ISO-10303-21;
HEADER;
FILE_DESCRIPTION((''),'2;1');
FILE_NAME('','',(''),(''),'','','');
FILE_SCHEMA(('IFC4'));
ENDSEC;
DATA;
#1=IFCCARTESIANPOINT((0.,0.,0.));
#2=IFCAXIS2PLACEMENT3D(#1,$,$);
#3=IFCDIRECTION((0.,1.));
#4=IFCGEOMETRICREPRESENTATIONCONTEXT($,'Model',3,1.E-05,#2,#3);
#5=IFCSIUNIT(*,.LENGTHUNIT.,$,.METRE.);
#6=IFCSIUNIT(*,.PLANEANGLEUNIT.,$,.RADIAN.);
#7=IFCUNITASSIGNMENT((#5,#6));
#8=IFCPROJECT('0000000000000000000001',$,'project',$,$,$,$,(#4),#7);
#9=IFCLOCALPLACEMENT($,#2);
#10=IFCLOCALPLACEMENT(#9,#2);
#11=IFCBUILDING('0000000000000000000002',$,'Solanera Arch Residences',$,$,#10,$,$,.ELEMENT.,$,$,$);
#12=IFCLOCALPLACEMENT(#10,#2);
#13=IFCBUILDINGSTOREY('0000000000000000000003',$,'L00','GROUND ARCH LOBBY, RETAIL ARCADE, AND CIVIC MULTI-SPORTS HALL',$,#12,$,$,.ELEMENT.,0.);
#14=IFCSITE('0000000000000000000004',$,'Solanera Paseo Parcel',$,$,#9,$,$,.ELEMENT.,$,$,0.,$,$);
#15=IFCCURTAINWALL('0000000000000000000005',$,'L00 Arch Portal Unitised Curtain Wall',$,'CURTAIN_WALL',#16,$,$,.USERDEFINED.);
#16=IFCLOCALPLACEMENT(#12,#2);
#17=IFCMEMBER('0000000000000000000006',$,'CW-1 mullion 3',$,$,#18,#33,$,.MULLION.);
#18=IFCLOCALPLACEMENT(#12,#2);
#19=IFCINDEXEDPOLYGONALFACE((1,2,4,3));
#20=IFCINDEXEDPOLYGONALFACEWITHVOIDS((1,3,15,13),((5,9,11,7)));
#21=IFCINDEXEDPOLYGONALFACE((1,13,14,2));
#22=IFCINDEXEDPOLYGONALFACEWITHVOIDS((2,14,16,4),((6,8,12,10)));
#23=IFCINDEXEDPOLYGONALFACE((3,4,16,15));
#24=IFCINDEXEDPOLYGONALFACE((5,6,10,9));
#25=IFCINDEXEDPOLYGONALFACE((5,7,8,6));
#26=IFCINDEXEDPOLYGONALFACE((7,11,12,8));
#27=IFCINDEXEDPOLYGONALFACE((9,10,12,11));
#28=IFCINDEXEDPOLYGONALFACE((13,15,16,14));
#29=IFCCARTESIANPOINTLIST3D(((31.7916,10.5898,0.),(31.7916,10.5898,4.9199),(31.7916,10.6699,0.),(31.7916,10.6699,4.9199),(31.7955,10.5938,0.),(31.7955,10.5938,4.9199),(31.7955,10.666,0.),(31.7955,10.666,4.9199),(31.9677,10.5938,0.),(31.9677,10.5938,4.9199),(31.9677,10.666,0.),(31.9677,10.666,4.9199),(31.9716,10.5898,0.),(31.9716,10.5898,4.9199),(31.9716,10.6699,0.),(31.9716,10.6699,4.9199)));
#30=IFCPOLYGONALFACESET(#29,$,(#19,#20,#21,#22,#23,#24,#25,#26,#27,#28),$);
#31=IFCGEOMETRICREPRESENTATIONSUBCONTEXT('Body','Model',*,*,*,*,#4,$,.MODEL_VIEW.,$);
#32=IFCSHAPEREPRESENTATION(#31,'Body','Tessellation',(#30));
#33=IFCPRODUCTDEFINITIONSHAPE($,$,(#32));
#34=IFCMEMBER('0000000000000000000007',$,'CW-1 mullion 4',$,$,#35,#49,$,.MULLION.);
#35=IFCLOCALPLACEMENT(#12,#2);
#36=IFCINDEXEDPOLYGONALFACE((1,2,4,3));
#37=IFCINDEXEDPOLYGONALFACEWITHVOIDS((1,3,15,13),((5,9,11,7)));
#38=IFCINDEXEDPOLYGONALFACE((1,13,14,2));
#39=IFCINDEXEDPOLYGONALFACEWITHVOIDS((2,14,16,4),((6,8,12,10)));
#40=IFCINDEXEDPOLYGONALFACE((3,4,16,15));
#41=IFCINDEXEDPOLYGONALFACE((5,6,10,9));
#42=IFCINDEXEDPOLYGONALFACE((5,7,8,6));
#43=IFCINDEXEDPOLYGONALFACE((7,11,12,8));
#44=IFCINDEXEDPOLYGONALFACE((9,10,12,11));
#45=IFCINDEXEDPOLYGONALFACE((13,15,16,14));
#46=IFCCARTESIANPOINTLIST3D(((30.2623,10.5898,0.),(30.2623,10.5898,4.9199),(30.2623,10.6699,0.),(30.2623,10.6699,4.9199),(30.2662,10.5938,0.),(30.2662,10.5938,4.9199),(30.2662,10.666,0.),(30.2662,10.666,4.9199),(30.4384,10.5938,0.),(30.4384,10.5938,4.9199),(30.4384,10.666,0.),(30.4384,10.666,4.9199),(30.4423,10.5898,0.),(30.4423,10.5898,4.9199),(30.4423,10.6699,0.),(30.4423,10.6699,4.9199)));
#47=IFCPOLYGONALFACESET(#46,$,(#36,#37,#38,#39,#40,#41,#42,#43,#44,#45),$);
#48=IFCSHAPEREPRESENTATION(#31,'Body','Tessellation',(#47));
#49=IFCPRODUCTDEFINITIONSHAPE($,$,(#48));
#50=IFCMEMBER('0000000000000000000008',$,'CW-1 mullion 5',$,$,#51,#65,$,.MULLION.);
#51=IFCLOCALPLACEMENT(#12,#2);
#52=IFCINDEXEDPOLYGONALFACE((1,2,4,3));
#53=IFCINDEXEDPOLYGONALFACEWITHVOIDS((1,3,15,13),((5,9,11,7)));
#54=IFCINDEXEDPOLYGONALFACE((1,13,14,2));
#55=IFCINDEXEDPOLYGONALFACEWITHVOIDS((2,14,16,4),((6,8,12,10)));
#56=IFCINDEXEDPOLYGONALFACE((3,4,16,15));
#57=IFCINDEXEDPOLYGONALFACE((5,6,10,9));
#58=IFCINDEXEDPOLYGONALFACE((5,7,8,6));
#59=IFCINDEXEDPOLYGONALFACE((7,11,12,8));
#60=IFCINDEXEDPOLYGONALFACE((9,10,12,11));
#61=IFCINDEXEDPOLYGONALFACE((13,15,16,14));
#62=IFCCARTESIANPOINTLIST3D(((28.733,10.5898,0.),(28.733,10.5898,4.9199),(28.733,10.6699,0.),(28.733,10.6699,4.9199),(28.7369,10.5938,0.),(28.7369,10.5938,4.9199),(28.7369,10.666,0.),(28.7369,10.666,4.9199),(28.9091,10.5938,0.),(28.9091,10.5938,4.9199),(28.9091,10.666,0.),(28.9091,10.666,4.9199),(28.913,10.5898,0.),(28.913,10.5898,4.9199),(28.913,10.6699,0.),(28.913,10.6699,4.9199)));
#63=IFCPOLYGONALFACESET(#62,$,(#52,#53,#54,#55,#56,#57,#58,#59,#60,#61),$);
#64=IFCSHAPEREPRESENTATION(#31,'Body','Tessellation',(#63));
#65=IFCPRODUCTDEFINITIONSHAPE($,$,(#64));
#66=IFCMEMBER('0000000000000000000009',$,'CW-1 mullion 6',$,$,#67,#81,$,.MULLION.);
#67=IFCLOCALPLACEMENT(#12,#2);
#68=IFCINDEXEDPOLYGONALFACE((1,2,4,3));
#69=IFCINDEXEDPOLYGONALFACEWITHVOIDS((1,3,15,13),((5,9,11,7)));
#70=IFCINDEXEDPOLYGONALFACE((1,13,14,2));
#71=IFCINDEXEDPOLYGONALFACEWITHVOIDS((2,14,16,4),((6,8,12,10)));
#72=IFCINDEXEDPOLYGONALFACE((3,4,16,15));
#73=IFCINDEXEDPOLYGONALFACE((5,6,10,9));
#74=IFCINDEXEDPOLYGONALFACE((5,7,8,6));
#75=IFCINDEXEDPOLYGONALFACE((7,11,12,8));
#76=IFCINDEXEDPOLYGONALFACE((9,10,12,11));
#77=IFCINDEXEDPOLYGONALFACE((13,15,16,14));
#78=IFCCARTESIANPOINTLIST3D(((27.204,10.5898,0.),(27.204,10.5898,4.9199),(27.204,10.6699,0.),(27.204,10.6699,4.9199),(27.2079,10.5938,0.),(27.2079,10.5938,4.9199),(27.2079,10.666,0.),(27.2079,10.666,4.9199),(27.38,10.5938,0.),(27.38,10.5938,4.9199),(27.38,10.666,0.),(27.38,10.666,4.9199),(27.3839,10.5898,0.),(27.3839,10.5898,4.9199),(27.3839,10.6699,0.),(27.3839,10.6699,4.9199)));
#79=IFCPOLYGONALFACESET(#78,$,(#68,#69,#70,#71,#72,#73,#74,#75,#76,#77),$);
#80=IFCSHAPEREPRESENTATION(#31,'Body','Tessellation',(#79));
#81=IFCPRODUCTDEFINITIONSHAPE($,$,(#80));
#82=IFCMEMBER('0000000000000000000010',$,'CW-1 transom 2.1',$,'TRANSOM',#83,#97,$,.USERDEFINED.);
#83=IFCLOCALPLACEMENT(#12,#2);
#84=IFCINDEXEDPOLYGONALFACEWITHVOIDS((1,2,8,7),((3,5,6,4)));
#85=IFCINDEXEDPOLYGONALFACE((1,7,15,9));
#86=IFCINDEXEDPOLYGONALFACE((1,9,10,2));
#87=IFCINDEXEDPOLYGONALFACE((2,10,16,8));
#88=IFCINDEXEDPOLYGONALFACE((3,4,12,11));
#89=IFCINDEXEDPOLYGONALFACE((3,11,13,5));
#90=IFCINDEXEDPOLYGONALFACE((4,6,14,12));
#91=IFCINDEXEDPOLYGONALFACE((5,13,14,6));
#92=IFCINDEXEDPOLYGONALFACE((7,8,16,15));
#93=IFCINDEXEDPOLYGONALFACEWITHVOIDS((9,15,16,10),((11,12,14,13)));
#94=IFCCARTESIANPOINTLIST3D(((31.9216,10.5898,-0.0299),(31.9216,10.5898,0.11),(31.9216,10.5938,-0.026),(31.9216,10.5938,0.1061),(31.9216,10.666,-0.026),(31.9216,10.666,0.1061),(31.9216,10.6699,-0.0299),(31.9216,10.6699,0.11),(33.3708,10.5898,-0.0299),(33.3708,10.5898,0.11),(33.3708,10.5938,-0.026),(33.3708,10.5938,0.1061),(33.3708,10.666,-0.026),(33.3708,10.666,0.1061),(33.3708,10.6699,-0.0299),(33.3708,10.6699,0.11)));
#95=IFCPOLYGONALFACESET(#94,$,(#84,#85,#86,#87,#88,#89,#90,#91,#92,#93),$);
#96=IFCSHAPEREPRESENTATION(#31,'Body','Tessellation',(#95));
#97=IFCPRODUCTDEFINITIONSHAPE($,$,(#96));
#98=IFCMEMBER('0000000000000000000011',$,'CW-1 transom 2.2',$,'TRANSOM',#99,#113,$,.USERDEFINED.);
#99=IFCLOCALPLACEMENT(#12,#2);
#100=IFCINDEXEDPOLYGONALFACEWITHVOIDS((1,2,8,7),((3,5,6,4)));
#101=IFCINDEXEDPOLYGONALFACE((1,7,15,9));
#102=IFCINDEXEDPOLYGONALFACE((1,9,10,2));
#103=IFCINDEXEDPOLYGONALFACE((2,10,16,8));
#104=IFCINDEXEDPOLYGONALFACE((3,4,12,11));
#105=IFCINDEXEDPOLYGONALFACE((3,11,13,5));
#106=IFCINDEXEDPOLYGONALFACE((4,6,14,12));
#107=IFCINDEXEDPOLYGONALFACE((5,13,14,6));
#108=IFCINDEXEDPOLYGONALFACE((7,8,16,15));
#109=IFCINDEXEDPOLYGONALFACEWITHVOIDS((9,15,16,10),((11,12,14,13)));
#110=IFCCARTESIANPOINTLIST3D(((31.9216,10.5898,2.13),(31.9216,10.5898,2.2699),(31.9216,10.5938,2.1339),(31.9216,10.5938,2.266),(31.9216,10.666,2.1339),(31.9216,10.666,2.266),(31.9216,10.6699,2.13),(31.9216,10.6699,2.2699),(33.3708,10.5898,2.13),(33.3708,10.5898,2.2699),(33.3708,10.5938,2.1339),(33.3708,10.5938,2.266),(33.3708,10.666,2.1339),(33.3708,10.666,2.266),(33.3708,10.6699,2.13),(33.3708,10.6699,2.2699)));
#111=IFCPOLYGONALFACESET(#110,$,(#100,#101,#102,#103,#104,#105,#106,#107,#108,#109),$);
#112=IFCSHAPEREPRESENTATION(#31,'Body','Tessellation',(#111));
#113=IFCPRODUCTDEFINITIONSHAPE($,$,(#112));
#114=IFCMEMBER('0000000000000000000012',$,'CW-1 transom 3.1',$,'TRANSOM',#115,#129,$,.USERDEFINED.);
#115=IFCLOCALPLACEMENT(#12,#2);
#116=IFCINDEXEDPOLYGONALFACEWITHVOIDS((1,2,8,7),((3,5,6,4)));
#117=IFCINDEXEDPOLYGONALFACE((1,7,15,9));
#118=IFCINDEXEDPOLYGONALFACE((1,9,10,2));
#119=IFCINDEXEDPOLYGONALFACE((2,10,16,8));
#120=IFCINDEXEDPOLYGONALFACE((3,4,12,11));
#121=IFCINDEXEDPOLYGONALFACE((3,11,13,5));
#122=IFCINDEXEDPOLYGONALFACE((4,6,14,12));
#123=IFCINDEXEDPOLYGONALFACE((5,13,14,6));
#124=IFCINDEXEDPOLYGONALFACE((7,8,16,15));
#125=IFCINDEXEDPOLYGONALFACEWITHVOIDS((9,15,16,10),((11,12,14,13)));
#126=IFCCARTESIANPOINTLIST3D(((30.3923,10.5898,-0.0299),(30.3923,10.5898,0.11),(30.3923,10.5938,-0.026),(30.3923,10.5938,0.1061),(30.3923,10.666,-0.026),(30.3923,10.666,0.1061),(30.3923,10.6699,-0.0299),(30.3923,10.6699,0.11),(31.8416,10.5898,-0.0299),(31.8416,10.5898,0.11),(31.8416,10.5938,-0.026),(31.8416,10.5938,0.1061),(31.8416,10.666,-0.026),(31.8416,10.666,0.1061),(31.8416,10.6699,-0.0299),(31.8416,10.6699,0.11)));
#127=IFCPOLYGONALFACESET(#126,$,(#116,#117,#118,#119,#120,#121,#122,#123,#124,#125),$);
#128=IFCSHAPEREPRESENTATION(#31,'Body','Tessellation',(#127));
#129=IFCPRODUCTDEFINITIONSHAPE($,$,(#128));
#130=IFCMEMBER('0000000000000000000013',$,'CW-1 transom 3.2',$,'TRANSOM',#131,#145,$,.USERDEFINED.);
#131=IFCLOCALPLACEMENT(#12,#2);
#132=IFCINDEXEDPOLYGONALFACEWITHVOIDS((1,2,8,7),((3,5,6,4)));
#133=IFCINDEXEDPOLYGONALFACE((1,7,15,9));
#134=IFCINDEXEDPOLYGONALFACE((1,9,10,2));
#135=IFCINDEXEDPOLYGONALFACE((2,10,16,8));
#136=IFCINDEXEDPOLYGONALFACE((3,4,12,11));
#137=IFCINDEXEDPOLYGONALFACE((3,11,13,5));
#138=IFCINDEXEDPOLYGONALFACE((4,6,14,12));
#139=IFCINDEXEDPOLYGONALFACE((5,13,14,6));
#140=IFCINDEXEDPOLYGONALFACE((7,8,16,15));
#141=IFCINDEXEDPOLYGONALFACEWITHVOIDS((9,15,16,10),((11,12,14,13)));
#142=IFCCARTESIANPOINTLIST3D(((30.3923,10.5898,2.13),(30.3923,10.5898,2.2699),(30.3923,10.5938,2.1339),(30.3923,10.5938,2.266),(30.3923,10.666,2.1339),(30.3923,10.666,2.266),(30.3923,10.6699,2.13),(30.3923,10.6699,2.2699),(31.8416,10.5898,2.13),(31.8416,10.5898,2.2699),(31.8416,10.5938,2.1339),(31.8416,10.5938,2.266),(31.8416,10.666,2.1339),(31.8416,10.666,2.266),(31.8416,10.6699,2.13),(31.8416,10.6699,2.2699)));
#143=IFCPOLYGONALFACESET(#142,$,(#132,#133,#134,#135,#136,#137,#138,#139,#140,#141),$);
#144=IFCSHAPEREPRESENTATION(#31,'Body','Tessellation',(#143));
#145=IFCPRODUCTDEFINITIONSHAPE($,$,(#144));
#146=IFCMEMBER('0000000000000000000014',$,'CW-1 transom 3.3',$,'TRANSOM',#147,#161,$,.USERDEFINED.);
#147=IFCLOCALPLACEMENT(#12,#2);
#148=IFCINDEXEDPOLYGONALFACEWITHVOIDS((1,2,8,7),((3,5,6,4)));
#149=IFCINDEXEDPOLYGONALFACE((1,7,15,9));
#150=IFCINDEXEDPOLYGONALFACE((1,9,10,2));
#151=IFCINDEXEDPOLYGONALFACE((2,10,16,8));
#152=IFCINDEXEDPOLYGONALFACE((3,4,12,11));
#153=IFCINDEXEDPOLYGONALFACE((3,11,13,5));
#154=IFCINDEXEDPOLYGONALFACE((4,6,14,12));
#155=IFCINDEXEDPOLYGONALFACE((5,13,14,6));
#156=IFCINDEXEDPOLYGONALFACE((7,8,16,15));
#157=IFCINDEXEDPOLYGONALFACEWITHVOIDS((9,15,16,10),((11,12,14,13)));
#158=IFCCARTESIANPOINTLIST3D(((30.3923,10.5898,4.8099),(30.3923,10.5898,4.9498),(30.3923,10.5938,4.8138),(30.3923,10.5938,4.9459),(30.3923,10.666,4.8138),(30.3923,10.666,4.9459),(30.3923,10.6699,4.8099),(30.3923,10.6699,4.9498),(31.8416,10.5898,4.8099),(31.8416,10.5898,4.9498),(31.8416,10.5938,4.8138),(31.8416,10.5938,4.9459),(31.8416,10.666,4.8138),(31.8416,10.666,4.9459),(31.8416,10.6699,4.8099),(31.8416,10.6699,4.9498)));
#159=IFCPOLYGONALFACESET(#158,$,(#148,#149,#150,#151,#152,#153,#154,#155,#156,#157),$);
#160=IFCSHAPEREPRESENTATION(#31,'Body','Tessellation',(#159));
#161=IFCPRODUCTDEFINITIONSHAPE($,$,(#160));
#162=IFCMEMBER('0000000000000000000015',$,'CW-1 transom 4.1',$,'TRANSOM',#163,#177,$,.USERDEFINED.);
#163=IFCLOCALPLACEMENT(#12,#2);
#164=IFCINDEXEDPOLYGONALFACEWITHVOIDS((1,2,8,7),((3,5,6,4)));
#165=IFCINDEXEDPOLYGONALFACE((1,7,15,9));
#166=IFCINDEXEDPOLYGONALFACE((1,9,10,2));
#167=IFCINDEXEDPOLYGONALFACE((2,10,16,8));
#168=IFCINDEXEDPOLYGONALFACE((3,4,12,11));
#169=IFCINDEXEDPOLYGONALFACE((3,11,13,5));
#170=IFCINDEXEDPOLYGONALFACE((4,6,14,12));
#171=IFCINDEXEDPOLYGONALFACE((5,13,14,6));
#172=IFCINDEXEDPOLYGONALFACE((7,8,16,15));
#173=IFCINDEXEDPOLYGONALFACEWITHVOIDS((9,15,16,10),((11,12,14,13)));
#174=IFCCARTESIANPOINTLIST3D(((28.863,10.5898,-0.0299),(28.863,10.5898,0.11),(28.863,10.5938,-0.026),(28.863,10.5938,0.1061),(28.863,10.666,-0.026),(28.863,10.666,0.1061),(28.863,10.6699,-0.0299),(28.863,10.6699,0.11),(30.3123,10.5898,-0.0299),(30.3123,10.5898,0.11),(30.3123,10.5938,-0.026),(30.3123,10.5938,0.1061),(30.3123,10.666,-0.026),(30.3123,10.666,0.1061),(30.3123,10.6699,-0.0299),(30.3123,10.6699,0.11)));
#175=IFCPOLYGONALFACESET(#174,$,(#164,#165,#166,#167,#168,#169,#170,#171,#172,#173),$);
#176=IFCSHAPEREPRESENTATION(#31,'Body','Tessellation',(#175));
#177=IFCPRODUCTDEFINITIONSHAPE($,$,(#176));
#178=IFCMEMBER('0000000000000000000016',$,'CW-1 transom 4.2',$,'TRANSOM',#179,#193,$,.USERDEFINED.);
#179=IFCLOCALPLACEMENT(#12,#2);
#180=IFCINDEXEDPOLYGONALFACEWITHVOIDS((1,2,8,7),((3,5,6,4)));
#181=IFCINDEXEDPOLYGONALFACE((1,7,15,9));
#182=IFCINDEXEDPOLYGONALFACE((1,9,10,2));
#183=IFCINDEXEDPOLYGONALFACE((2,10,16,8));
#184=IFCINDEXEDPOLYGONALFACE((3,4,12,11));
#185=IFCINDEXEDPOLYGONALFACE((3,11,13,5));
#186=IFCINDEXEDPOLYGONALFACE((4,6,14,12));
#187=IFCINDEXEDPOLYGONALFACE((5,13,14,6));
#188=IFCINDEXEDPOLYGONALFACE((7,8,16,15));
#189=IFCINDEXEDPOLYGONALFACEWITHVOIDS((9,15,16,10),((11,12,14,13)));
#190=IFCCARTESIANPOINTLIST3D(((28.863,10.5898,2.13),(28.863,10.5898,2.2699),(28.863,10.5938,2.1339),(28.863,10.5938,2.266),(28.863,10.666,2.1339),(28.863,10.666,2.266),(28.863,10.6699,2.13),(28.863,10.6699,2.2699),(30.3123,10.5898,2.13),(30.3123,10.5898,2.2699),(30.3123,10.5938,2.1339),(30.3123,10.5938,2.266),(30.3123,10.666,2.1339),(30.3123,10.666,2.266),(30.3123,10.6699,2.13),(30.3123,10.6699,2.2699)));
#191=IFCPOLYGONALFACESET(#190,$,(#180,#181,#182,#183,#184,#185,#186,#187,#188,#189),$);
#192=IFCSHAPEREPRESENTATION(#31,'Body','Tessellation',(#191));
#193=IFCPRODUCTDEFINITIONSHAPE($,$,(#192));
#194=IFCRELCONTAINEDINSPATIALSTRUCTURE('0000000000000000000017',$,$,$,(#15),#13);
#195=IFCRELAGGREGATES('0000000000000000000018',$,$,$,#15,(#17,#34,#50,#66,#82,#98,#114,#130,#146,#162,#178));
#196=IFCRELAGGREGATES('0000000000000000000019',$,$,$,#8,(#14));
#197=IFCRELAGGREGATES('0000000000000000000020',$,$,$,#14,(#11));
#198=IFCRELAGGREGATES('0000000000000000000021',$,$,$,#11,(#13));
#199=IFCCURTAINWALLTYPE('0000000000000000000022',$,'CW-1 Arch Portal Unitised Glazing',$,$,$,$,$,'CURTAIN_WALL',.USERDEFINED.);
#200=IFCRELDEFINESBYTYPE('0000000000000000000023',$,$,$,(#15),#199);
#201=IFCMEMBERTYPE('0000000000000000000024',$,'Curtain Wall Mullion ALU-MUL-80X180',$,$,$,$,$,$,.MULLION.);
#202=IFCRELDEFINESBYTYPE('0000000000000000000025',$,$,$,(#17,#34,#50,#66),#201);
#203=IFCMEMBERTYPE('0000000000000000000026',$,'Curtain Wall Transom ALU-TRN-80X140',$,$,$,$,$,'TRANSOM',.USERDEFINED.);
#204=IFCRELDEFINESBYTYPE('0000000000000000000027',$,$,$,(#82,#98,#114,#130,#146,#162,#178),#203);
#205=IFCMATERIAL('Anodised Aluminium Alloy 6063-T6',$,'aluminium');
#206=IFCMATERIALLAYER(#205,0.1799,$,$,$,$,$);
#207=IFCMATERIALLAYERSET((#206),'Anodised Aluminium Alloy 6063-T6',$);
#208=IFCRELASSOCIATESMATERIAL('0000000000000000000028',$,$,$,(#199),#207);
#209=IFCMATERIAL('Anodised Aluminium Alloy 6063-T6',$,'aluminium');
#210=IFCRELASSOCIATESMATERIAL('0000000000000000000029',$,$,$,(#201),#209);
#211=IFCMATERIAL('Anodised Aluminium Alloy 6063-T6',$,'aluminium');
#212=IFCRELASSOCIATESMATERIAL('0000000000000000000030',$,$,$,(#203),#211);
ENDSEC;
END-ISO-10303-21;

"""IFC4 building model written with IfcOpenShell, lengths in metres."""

from ifc_helpers import new_model, si_unit, direction, frame, origin, origin_2d, place, context, subcontext, project, spatial, hollow_rectangle, extrude, material, layer, layer_set, material_profile, profile_set, type_object, element, aggregate, save


model = new_model("IFC4")

# Units and contexts
model_context = context("Model", 3, precision=1e-05, world=origin(), true_north=direction((0.0, 1.0)))
body_context = subcontext(model_context, "Body", "Model", "MODEL_VIEW")
ifc_project = project(units=[si_unit("LENGTHUNIT", "METRE"), si_unit("PLANEANGLEUNIT", "RADIAN")], contexts=[model_context])

# Site, building, storey
site_placement = place(None, origin())
site = spatial("IfcSite", under=ifc_project, at=site_placement, Name="Solanera Paseo Parcel", CompositionType="ELEMENT", RefElevation=0.0)
building_placement = place(site_placement, origin())
building = spatial("IfcBuilding", under=site, at=building_placement, Name="Solanera Arch Residences", CompositionType="ELEMENT")
storey_placement = place(building_placement, origin())
storey = spatial("IfcBuildingStorey", under=building, at=storey_placement, Name="L00", Description="GROUND ARCH LOBBY, RETAIL ARCADE, AND CIVIC MULTI-SPORTS HALL", CompositionType="ELEMENT", Elevation=0.0)

# Curtain wall, members
ifc_material_1 = material(Name="Anodised Aluminium Alloy 6063-T6", Category="aluminium")
ifc_layer_1 = layer(ifc_material_1, 0.1799)
ifc_layer_set_1 = layer_set([ifc_layer_1], Name="Anodised Aluminium Alloy 6063-T6")
curtain_wall_type = type_object("IfcCurtainWallType", Name="CW-1 Arch Portal Unitised Glazing", ElementType="CURTAIN_WALL", PredefinedType="USERDEFINED", material=ifc_layer_set_1)
curtain_wall_placement = place(storey_placement, origin())
curtain_wall = element("IfcCurtainWall", 1, at=curtain_wall_placement, inside=storey, type_object=curtain_wall_type, Name="L00 Arch Portal Unitised Curtain Wall", ObjectType="CURTAIN_WALL", PredefinedType="USERDEFINED")
ifc_material_2 = material(Name="Anodised Aluminium Alloy 6063-T6", Category="aluminium")
ifc_material_profile_1 = material_profile(ifc_material_2, hollow_rectangle(XDim=0.0801, YDim=0.1799, WallThickness=0.0039, at=origin_2d()))
ifc_profile_set_1 = profile_set([ifc_material_profile_1], Name="Anodised Aluminium Alloy 6063-T6")
member_type_1 = type_object("IfcMemberType", Name="Curtain Wall Mullion ALU-MUL-80X180", PredefinedType="MULLION", material=ifc_profile_set_1)
member_1_placement = place(storey_placement, frame((31.8816, 10.6299, 0.0), z_axis=(0.0, 0.0, 1.0), x_axis=(0.0, -1.0, 0.0)))
member_1 = element("IfcMember", 2, at=member_1_placement, type_object=member_type_1, Name="CW-1 mullion 3", PredefinedType="MULLION", context=body_context, shape_type="SweptSolid", body=[
    extrude(hollow_rectangle(XDim=0.0801, YDim=0.1799, WallThickness=0.0039, at=origin_2d()), origin(), (0.0, 0.0, 1.0), 4.9199),
])
member_2_placement = place(storey_placement, frame((30.3523, 10.6299, 0.0), z_axis=(0.0, 0.0, 1.0), x_axis=(0.0, -1.0, 0.0)))
member_2 = element("IfcMember", 3, at=member_2_placement, type_object=member_type_1, Name="CW-1 mullion 4", PredefinedType="MULLION", context=body_context, shape_type="SweptSolid", body=[
    extrude(hollow_rectangle(XDim=0.0801, YDim=0.1799, WallThickness=0.0039, at=origin_2d()), origin(), (0.0, 0.0, 1.0), 4.9199),
])
member_3_placement = place(storey_placement, frame((28.823, 10.6299, 0.0), z_axis=(0.0, 0.0, 1.0), x_axis=(0.0, -1.0, 0.0)))
member_3 = element("IfcMember", 4, at=member_3_placement, type_object=member_type_1, Name="CW-1 mullion 5", PredefinedType="MULLION", context=body_context, shape_type="SweptSolid", body=[
    extrude(hollow_rectangle(XDim=0.0801, YDim=0.1799, WallThickness=0.0039, at=origin_2d()), origin(), (0.0, 0.0, 1.0), 4.9199),
])
member_4_placement = place(storey_placement, frame((27.2939, 10.6299, 0.0), z_axis=(0.0, 0.0, 1.0), x_axis=(0.0, -1.0, 0.0)))
member_4 = element("IfcMember", 5, at=member_4_placement, type_object=member_type_1, Name="CW-1 mullion 6", PredefinedType="MULLION", context=body_context, shape_type="SweptSolid", body=[
    extrude(hollow_rectangle(XDim=0.0801, YDim=0.1799, WallThickness=0.0039, at=origin_2d()), origin(), (0.0, 0.0, 1.0), 4.9199),
])
ifc_material_3 = material(Name="Anodised Aluminium Alloy 6063-T6", Category="aluminium")
ifc_material_profile_2 = material_profile(ifc_material_3, hollow_rectangle(XDim=0.0801, YDim=0.1399, WallThickness=0.0039, at=origin_2d()))
ifc_profile_set_2 = profile_set([ifc_material_profile_2], Name="Anodised Aluminium Alloy 6063-T6")
member_type_2 = type_object("IfcMemberType", Name="Curtain Wall Transom ALU-TRN-80X140", ElementType="TRANSOM", PredefinedType="USERDEFINED", material=ifc_profile_set_2)
member_5_placement = place(storey_placement, frame((33.3708, 10.6299, 0.04), z_axis=(-1.0, 0.0, 0.0), x_axis=(0.0, -1.0, 0.0)))
member_5 = element("IfcMember", 6, at=member_5_placement, type_object=member_type_2, Name="CW-1 transom 2.1", ObjectType="TRANSOM", PredefinedType="USERDEFINED", context=body_context, shape_type="SweptSolid", body=[
    extrude(hollow_rectangle(XDim=0.0801, YDim=0.1399, WallThickness=0.0039, at=origin_2d()), origin(), (0.0, 0.0, 1.0), 1.4492),
])
member_6_placement = place(storey_placement, frame((33.3708, 10.6299, 2.2), z_axis=(-1.0, 0.0, 0.0), x_axis=(0.0, -1.0, 0.0)))
member_6 = element("IfcMember", 7, at=member_6_placement, type_object=member_type_2, Name="CW-1 transom 2.2", ObjectType="TRANSOM", PredefinedType="USERDEFINED", context=body_context, shape_type="SweptSolid", body=[
    extrude(hollow_rectangle(XDim=0.0801, YDim=0.1399, WallThickness=0.0039, at=origin_2d()), origin(), (0.0, 0.0, 1.0), 1.4492),
])
member_7_placement = place(storey_placement, frame((31.8416, 10.6299, 0.04), z_axis=(-1.0, 0.0, 0.0), x_axis=(0.0, -1.0, 0.0)))
member_7 = element("IfcMember", 8, at=member_7_placement, type_object=member_type_2, Name="CW-1 transom 3.1", ObjectType="TRANSOM", PredefinedType="USERDEFINED", context=body_context, shape_type="SweptSolid", body=[
    extrude(hollow_rectangle(XDim=0.0801, YDim=0.1399, WallThickness=0.0039, at=origin_2d()), origin(), (0.0, 0.0, 1.0), 1.4492),
])
member_8_placement = place(storey_placement, frame((31.8416, 10.6299, 2.2), z_axis=(-1.0, 0.0, 0.0), x_axis=(0.0, -1.0, 0.0)))
member_8 = element("IfcMember", 9, at=member_8_placement, type_object=member_type_2, Name="CW-1 transom 3.2", ObjectType="TRANSOM", PredefinedType="USERDEFINED", context=body_context, shape_type="SweptSolid", body=[
    extrude(hollow_rectangle(XDim=0.0801, YDim=0.1399, WallThickness=0.0039, at=origin_2d()), origin(), (0.0, 0.0, 1.0), 1.4492),
])
member_9_placement = place(storey_placement, frame((31.8416, 10.6299, 4.8799), z_axis=(-1.0, 0.0, 0.0), x_axis=(0.0, -1.0, 0.0)))
member_9 = element("IfcMember", 10, at=member_9_placement, type_object=member_type_2, Name="CW-1 transom 3.3", ObjectType="TRANSOM", PredefinedType="USERDEFINED", context=body_context, shape_type="SweptSolid", body=[
    extrude(hollow_rectangle(XDim=0.0801, YDim=0.1399, WallThickness=0.0039, at=origin_2d()), origin(), (0.0, 0.0, 1.0), 1.4492),
])
member_10_placement = place(storey_placement, frame((30.3123, 10.6299, 0.04), z_axis=(-1.0, 0.0, 0.0), x_axis=(0.0, -1.0, 0.0)))
member_10 = element("IfcMember", 11, at=member_10_placement, type_object=member_type_2, Name="CW-1 transom 4.1", ObjectType="TRANSOM", PredefinedType="USERDEFINED", context=body_context, shape_type="SweptSolid", body=[
    extrude(hollow_rectangle(XDim=0.0801, YDim=0.1399, WallThickness=0.0039, at=origin_2d()), origin(), (0.0, 0.0, 1.0), 1.4492),
])
member_11_placement = place(storey_placement, frame((30.3123, 10.6299, 2.2), z_axis=(-1.0, 0.0, 0.0), x_axis=(0.0, -1.0, 0.0)))
member_11 = element("IfcMember", 12, at=member_11_placement, type_object=member_type_2, Name="CW-1 transom 4.2", ObjectType="TRANSOM", PredefinedType="USERDEFINED", context=body_context, shape_type="SweptSolid", body=[
    extrude(hollow_rectangle(XDim=0.0801, YDim=0.1399, WallThickness=0.0039, at=origin_2d()), origin(), (0.0, 0.0, 1.0), 1.4492),
])
aggregate(curtain_wall, [member_1, member_2, member_3, member_4, member_5, member_6, member_7, member_8, member_9, member_10, member_11])

save(model, "model.ifc")
